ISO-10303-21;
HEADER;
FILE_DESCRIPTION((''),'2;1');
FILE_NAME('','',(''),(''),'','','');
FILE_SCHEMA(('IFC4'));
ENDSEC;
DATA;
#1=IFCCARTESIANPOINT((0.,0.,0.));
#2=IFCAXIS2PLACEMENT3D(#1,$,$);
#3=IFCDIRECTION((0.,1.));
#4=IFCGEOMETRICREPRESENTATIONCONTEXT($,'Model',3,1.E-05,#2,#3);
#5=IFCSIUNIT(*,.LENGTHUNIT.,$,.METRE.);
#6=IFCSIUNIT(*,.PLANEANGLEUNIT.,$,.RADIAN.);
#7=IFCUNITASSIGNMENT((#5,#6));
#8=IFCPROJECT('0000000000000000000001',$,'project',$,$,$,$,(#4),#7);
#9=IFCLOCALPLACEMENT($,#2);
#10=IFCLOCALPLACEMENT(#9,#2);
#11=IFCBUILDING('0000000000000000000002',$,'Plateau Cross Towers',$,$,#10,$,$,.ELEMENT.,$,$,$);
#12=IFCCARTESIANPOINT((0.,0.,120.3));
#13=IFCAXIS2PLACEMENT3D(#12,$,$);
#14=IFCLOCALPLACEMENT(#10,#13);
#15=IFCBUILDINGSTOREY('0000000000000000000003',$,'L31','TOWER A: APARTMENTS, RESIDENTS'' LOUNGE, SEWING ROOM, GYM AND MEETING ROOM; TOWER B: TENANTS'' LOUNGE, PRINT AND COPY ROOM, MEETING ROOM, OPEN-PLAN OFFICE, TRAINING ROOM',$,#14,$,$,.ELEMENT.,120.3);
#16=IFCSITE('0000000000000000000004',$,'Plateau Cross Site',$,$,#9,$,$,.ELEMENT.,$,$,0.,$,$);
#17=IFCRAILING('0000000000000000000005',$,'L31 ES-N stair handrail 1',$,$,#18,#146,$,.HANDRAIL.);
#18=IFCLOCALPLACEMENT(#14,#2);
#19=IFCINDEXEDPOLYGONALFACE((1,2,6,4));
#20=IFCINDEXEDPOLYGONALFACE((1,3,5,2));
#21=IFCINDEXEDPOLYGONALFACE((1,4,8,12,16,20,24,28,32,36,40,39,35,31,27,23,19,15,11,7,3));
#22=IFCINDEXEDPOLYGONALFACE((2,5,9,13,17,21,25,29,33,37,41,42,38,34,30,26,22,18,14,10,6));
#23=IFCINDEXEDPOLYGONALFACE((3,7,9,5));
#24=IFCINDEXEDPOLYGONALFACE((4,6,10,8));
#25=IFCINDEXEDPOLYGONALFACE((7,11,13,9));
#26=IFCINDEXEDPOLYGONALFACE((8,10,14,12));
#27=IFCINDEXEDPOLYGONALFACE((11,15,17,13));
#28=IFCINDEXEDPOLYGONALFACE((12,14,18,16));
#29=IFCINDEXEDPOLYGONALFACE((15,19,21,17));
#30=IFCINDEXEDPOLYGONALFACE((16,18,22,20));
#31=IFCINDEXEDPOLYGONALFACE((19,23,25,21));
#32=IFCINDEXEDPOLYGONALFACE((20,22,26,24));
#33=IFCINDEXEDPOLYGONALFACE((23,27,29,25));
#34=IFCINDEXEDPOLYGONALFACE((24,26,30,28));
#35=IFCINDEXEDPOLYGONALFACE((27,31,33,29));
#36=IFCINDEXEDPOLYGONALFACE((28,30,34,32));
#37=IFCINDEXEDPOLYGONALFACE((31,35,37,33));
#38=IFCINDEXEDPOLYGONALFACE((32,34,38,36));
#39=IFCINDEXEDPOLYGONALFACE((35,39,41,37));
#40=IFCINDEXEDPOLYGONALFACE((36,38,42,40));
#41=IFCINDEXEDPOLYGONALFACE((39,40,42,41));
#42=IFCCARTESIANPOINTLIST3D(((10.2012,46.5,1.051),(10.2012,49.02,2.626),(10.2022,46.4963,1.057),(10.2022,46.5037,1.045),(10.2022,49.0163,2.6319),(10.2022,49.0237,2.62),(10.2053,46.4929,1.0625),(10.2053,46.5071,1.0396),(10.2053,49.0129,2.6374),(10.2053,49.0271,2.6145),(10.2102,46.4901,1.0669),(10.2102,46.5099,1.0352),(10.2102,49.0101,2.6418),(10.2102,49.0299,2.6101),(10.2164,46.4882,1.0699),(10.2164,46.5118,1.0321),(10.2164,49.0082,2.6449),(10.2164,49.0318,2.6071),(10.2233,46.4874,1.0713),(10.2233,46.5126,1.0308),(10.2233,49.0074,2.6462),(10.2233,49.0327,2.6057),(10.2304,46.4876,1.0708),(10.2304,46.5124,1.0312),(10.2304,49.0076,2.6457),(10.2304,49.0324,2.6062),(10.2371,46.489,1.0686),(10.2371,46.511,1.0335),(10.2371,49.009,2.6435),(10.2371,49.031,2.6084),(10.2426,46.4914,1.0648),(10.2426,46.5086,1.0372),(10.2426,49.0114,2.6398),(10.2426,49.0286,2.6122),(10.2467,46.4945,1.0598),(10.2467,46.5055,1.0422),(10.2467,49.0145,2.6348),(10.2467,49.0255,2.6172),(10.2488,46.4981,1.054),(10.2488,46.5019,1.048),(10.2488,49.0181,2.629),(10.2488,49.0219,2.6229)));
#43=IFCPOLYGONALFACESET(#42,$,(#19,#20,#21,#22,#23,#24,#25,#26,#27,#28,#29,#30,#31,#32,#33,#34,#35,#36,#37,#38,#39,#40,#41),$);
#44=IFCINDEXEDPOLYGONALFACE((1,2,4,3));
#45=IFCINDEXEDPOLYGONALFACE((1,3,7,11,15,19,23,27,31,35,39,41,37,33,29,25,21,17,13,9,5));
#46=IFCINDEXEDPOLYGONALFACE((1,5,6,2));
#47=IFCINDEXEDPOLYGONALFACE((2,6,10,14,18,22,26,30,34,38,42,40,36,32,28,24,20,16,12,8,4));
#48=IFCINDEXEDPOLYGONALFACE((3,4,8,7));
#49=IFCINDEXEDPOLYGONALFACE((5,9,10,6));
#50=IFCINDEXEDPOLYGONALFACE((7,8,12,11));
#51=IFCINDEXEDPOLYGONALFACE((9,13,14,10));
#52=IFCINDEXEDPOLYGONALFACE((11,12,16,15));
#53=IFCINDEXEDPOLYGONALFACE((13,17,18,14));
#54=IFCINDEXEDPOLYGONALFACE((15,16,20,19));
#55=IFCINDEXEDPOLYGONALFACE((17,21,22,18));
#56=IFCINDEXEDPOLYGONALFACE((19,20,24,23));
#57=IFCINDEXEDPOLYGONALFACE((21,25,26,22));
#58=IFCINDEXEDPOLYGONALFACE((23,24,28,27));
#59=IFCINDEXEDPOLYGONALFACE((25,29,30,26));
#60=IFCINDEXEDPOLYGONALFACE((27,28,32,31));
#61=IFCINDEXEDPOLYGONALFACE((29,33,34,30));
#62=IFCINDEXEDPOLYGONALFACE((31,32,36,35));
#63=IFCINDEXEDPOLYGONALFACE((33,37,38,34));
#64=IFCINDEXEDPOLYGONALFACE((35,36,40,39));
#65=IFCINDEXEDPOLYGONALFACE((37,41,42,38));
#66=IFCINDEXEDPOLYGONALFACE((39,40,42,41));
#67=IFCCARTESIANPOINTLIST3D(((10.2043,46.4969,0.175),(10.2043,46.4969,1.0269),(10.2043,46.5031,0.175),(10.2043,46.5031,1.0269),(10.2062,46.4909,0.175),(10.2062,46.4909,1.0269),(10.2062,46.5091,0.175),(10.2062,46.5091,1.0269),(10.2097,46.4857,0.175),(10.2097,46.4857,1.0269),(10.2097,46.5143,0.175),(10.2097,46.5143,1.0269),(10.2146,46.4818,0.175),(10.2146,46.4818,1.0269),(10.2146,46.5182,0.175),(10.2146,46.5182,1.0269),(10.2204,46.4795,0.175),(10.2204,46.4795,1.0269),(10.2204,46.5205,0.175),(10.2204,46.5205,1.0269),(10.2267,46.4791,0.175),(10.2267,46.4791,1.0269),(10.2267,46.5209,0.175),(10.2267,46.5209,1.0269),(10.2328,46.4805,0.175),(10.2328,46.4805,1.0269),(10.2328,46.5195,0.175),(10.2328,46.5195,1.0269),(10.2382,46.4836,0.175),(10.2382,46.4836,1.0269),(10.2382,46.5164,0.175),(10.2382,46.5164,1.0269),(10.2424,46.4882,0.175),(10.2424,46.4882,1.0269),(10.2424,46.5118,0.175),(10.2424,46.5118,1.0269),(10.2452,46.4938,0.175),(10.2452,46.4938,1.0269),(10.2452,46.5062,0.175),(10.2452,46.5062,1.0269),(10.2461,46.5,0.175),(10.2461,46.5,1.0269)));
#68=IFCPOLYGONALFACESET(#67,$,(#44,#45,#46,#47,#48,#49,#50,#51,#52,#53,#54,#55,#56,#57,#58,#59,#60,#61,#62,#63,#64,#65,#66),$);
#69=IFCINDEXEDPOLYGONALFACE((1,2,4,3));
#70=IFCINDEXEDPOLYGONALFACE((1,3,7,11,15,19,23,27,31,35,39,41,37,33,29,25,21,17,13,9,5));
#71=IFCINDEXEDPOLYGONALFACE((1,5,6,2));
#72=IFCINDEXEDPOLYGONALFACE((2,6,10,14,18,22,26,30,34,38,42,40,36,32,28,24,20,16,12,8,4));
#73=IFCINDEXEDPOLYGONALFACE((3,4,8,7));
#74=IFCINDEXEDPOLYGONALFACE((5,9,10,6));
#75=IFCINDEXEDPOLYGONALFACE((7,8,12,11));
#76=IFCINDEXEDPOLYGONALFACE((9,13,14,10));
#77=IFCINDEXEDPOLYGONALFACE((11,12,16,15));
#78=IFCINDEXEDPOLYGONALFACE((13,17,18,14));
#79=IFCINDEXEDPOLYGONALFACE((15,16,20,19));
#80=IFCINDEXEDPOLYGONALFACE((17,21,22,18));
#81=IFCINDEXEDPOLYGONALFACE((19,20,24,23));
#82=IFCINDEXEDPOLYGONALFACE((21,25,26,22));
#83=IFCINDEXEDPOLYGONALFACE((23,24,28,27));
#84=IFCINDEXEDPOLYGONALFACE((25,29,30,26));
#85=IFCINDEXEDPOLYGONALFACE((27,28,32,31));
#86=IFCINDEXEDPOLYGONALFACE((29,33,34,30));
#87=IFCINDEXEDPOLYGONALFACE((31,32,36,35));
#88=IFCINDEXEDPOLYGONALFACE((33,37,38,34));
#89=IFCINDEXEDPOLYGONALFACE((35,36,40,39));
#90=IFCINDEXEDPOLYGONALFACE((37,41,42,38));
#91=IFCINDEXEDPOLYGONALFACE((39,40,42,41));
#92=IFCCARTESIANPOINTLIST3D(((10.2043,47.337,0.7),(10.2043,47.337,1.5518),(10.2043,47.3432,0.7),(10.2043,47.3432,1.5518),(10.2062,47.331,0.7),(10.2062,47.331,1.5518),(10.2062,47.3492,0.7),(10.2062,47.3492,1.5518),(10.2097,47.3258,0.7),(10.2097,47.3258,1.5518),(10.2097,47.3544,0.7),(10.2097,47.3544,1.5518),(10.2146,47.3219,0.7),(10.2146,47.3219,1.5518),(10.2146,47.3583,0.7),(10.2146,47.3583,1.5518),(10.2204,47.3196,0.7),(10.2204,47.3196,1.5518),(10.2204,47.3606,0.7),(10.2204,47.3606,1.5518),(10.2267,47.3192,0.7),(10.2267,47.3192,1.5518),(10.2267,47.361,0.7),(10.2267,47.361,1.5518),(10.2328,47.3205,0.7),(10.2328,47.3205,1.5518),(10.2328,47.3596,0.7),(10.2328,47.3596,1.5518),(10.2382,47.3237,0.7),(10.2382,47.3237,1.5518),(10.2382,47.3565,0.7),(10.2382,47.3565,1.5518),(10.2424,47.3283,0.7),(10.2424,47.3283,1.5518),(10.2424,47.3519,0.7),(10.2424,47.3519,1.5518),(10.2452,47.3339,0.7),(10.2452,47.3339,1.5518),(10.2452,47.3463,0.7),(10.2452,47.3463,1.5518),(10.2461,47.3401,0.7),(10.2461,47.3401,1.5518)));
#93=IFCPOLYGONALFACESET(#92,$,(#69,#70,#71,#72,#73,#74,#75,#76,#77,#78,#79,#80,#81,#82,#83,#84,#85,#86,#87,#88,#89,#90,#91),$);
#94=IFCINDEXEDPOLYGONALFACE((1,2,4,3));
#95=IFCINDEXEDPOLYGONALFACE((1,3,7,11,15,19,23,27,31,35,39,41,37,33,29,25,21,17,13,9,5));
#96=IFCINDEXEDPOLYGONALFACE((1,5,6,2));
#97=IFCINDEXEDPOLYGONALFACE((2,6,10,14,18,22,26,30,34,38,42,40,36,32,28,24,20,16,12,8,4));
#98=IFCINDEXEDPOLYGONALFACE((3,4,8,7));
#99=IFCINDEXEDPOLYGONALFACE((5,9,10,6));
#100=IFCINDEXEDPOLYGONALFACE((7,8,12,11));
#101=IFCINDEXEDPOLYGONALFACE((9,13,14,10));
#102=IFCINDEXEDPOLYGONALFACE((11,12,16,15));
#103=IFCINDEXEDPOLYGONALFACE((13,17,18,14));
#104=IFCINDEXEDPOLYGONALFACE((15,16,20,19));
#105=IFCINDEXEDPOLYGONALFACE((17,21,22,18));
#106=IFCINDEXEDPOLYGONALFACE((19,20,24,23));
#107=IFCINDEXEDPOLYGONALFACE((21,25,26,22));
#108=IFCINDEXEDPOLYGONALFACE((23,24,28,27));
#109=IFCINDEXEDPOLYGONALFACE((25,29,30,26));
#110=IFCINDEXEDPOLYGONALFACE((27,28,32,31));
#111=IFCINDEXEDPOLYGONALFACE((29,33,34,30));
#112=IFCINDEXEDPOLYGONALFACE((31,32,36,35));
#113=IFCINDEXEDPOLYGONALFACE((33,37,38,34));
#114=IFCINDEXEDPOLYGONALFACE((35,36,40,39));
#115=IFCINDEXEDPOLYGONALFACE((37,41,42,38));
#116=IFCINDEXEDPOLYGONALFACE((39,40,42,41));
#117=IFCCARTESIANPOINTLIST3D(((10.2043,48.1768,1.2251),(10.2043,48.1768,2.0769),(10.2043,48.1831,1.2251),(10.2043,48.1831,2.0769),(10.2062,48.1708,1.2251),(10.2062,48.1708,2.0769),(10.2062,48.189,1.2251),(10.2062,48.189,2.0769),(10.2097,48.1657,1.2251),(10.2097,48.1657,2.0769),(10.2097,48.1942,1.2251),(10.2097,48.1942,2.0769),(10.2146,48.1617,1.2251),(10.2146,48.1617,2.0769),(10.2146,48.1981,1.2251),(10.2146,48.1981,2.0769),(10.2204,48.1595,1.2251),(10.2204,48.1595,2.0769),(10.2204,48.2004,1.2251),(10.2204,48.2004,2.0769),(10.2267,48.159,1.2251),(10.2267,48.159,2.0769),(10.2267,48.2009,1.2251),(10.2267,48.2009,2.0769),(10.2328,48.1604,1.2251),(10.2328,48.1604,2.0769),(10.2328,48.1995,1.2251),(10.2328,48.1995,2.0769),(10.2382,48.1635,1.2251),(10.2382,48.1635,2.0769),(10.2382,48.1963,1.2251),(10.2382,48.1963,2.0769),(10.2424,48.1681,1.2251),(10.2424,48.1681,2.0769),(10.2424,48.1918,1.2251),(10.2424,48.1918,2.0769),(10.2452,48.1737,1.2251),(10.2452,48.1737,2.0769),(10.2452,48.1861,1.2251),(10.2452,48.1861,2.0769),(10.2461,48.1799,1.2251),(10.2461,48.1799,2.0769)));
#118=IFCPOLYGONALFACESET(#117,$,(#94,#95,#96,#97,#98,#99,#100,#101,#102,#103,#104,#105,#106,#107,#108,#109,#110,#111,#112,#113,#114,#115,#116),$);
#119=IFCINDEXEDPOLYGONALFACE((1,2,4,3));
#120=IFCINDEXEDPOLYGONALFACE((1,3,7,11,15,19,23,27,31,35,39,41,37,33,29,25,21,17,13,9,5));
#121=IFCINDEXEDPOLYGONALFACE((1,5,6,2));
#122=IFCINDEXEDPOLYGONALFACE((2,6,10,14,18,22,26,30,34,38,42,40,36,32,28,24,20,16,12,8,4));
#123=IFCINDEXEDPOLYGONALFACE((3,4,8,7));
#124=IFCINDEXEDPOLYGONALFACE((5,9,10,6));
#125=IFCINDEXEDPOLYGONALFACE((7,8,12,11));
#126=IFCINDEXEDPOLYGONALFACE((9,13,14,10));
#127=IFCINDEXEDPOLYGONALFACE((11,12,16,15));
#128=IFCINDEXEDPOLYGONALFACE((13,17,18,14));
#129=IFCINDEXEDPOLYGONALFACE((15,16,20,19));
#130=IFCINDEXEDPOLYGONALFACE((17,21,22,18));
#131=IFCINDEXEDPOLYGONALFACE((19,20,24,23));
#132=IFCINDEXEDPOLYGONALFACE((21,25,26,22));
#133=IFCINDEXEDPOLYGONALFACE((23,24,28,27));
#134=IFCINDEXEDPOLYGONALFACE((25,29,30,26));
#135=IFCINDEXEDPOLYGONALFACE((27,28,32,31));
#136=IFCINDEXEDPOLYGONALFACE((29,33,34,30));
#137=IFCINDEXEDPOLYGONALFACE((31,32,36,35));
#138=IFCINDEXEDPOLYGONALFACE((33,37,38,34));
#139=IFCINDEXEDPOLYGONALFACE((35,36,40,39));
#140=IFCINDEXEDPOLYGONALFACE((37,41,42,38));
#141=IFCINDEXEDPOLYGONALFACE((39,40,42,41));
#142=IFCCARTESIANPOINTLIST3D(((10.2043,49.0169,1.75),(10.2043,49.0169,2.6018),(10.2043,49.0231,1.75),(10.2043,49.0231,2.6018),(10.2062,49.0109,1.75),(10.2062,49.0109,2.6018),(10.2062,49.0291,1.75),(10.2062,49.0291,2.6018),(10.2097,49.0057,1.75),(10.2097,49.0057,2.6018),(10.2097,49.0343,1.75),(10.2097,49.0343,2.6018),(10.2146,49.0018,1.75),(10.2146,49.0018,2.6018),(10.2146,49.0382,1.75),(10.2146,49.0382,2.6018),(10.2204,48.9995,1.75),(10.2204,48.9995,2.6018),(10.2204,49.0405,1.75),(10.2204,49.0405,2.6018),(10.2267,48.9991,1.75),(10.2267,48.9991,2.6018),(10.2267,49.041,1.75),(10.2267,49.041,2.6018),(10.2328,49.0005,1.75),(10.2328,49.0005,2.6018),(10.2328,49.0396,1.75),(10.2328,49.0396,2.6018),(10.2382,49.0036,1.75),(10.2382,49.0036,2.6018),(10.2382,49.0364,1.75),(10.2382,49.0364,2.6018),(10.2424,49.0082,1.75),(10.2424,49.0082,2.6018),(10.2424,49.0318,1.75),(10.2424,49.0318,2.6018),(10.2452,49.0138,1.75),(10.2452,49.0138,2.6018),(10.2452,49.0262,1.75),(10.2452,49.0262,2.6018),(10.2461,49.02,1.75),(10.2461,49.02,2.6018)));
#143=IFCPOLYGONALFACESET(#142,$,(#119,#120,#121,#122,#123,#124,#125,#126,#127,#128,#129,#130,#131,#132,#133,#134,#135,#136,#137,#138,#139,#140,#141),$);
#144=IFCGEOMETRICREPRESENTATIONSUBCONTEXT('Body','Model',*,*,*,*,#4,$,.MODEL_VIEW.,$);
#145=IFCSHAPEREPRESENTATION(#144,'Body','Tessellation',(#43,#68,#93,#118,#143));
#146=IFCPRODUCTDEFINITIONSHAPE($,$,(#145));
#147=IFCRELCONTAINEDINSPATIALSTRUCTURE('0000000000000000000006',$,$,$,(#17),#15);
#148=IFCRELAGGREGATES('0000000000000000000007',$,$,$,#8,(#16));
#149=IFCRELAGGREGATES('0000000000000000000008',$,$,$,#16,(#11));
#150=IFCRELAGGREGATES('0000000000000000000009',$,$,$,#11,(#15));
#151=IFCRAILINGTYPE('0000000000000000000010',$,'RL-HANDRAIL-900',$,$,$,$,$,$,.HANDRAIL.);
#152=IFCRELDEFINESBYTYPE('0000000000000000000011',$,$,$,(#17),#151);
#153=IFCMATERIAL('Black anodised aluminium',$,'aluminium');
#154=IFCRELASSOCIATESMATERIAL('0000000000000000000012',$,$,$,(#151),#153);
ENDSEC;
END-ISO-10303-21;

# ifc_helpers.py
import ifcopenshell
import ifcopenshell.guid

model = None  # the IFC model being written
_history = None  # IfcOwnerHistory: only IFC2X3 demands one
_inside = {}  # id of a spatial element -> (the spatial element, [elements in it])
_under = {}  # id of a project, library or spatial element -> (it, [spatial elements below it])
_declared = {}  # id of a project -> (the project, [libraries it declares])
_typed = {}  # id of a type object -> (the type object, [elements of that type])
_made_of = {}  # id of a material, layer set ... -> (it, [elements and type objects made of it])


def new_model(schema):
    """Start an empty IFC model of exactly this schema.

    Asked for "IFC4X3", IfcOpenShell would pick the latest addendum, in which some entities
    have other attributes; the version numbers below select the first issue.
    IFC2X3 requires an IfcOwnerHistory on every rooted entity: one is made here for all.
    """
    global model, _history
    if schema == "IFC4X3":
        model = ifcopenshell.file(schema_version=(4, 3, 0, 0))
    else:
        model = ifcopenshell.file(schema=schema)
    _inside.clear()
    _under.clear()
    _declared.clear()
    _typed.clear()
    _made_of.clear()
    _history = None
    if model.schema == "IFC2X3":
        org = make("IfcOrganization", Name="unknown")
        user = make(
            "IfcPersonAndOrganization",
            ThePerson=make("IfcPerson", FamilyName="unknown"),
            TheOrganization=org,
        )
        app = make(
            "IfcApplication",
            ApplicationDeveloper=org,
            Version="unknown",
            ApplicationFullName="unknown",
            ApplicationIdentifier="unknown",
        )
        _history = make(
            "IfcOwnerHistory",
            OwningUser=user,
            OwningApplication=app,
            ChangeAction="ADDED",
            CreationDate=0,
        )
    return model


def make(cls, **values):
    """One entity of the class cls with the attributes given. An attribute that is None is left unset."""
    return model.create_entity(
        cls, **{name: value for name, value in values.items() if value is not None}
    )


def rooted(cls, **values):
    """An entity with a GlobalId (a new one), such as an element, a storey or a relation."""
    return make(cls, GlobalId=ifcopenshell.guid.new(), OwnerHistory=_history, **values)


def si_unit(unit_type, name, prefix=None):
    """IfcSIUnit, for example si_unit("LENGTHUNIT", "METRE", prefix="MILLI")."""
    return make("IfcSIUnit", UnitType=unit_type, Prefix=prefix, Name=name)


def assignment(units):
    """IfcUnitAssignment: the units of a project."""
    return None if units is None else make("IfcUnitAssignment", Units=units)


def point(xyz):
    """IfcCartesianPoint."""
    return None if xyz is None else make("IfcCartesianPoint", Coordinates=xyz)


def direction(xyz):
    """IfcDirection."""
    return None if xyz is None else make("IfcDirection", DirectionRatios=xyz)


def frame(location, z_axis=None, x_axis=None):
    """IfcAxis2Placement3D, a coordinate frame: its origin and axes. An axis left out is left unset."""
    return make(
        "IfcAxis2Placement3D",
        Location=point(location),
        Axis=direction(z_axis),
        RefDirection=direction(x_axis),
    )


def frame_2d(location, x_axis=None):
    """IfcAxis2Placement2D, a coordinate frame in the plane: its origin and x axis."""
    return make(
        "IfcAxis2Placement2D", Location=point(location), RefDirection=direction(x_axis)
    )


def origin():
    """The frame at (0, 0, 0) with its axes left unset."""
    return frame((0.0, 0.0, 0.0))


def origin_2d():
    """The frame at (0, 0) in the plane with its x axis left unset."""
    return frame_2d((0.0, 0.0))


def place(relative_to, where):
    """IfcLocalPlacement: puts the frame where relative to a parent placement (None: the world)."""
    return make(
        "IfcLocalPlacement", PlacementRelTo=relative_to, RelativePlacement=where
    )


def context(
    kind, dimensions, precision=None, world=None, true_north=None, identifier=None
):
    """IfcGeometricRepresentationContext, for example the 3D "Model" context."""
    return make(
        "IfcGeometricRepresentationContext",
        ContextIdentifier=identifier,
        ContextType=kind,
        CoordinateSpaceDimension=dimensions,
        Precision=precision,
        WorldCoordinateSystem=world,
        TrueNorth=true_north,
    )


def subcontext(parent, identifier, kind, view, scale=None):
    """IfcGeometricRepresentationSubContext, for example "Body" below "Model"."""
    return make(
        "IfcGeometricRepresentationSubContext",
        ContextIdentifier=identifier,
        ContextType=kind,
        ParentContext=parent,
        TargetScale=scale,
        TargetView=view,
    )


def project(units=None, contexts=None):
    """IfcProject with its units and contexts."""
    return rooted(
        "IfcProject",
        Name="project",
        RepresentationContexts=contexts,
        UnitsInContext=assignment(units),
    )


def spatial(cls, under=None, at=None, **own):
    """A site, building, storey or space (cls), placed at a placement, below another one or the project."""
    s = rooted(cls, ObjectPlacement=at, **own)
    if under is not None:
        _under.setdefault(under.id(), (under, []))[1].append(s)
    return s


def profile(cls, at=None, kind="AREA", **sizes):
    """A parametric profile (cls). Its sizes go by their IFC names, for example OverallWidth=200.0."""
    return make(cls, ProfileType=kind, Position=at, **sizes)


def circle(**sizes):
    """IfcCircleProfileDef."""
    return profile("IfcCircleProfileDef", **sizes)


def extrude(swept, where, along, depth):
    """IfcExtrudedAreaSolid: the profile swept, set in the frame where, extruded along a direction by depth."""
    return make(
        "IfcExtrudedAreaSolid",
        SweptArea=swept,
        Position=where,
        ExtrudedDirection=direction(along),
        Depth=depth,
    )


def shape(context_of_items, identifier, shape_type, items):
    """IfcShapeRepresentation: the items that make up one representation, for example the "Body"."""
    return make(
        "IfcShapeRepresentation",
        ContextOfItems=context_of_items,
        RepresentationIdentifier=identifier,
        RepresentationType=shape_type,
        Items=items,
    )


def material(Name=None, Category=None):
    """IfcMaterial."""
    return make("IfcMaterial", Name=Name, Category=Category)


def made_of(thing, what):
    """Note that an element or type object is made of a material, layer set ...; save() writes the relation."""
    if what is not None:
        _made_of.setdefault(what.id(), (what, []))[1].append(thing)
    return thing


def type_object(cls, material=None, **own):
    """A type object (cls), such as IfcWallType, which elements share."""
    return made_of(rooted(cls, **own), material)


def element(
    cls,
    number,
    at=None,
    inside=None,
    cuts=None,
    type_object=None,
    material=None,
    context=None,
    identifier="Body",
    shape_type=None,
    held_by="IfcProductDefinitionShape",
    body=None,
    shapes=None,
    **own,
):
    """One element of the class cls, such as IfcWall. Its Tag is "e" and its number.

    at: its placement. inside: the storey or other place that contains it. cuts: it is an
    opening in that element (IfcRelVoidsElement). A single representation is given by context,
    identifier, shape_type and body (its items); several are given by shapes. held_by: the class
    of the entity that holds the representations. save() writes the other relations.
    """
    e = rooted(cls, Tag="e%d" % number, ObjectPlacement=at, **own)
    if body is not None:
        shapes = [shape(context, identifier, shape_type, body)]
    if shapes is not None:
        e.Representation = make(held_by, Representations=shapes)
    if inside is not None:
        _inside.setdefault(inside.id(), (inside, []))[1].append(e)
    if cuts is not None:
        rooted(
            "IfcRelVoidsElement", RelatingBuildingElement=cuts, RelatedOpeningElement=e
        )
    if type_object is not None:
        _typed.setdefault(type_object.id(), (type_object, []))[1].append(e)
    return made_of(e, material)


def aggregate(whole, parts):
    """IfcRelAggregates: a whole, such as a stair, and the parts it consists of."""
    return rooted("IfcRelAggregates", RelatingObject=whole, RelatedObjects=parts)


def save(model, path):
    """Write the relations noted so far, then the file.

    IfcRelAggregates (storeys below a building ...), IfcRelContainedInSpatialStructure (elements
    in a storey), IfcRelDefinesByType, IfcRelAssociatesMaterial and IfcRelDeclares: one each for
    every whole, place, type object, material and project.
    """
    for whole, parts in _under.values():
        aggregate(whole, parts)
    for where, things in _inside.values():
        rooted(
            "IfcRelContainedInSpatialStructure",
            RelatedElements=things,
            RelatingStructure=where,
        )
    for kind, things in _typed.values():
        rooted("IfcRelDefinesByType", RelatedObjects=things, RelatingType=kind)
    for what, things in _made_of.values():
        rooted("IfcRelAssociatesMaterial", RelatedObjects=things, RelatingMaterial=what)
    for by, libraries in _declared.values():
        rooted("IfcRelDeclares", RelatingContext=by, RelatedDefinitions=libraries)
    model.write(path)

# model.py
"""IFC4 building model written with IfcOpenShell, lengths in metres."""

from ifc_helpers import new_model, si_unit, direction, frame, origin, origin_2d, place, context, subcontext, project, spatial, circle, extrude, material, type_object, element, save


model = new_model("IFC4")

# Units and contexts
model_context = context("Model", 3, precision=1e-05, world=origin(), true_north=direction((0.0, 1.0)))
body_context = subcontext(model_context, "Body", "Model", "MODEL_VIEW")
ifc_project = project(units=[si_unit("LENGTHUNIT", "METRE"), si_unit("PLANEANGLEUNIT", "RADIAN")], contexts=[model_context])

# Site, building, storey
site_placement = place(None, origin())
site = spatial("IfcSite", under=ifc_project, at=site_placement, Name="Plateau Cross Site", CompositionType="ELEMENT", RefElevation=0.0)
building_placement = place(site_placement, origin())
building = spatial("IfcBuilding", under=site, at=building_placement, Name="Plateau Cross Towers", CompositionType="ELEMENT")
storey_placement = place(building_placement, frame((0.0, 0.0, 120.3)))
storey = spatial("IfcBuildingStorey", under=building, at=storey_placement, Name="L31", Description="TOWER A: APARTMENTS, RESIDENTS' LOUNGE, SEWING ROOM, GYM AND MEETING ROOM; TOWER B: TENANTS' LOUNGE, PRINT AND COPY ROOM, MEETING ROOM, OPEN-PLAN OFFICE, TRAINING ROOM", CompositionType="ELEMENT", Elevation=120.3)

# Shared definitions
ifc_material_1 = material(Name="Black anodised aluminium", Category="aluminium")

# Railing
railing_type_1 = type_object("IfcRailingType", Name="RL-HANDRAIL-900", PredefinedType="HANDRAIL", material=ifc_material_1)
railing_1_placement = place(storey_placement, frame((10.2251, 46.5, 0.175)))
element("IfcRailing", 1, at=railing_1_placement, inside=storey, type_object=railing_type_1, Name="L31 ES-N stair handrail 1", PredefinedType="HANDRAIL", context=body_context, shape_type="SweptSolid", body=[
    extrude(circle(Radius=0.0239, at=origin_2d()), frame((0.0, 0.0, 0.876), z_axis=(0.0, 0.848008, 0.529984), x_axis=(-1.0, 0.0, 0.0)), (0.0, 0.0, 1.0), 2.9717),
    extrude(circle(Radius=0.021, at=origin_2d()), origin(), (0.0, 0.0, 1.0), 0.8518),
    extrude(circle(Radius=0.021, at=origin_2d()), frame((0.0, 0.8401, 0.5249)), (0.0, 0.0, 1.0), 0.8518),
    extrude(circle(Radius=0.021, at=origin_2d()), frame((0.0, 1.6799, 1.05)), (0.0, 0.0, 1.0), 0.8518),
    extrude(circle(Radius=0.021, at=origin_2d()), frame((0.0, 2.52, 1.575)), (0.0, 0.0, 1.0), 0.8518),
])

save(model, "model.ifc")
